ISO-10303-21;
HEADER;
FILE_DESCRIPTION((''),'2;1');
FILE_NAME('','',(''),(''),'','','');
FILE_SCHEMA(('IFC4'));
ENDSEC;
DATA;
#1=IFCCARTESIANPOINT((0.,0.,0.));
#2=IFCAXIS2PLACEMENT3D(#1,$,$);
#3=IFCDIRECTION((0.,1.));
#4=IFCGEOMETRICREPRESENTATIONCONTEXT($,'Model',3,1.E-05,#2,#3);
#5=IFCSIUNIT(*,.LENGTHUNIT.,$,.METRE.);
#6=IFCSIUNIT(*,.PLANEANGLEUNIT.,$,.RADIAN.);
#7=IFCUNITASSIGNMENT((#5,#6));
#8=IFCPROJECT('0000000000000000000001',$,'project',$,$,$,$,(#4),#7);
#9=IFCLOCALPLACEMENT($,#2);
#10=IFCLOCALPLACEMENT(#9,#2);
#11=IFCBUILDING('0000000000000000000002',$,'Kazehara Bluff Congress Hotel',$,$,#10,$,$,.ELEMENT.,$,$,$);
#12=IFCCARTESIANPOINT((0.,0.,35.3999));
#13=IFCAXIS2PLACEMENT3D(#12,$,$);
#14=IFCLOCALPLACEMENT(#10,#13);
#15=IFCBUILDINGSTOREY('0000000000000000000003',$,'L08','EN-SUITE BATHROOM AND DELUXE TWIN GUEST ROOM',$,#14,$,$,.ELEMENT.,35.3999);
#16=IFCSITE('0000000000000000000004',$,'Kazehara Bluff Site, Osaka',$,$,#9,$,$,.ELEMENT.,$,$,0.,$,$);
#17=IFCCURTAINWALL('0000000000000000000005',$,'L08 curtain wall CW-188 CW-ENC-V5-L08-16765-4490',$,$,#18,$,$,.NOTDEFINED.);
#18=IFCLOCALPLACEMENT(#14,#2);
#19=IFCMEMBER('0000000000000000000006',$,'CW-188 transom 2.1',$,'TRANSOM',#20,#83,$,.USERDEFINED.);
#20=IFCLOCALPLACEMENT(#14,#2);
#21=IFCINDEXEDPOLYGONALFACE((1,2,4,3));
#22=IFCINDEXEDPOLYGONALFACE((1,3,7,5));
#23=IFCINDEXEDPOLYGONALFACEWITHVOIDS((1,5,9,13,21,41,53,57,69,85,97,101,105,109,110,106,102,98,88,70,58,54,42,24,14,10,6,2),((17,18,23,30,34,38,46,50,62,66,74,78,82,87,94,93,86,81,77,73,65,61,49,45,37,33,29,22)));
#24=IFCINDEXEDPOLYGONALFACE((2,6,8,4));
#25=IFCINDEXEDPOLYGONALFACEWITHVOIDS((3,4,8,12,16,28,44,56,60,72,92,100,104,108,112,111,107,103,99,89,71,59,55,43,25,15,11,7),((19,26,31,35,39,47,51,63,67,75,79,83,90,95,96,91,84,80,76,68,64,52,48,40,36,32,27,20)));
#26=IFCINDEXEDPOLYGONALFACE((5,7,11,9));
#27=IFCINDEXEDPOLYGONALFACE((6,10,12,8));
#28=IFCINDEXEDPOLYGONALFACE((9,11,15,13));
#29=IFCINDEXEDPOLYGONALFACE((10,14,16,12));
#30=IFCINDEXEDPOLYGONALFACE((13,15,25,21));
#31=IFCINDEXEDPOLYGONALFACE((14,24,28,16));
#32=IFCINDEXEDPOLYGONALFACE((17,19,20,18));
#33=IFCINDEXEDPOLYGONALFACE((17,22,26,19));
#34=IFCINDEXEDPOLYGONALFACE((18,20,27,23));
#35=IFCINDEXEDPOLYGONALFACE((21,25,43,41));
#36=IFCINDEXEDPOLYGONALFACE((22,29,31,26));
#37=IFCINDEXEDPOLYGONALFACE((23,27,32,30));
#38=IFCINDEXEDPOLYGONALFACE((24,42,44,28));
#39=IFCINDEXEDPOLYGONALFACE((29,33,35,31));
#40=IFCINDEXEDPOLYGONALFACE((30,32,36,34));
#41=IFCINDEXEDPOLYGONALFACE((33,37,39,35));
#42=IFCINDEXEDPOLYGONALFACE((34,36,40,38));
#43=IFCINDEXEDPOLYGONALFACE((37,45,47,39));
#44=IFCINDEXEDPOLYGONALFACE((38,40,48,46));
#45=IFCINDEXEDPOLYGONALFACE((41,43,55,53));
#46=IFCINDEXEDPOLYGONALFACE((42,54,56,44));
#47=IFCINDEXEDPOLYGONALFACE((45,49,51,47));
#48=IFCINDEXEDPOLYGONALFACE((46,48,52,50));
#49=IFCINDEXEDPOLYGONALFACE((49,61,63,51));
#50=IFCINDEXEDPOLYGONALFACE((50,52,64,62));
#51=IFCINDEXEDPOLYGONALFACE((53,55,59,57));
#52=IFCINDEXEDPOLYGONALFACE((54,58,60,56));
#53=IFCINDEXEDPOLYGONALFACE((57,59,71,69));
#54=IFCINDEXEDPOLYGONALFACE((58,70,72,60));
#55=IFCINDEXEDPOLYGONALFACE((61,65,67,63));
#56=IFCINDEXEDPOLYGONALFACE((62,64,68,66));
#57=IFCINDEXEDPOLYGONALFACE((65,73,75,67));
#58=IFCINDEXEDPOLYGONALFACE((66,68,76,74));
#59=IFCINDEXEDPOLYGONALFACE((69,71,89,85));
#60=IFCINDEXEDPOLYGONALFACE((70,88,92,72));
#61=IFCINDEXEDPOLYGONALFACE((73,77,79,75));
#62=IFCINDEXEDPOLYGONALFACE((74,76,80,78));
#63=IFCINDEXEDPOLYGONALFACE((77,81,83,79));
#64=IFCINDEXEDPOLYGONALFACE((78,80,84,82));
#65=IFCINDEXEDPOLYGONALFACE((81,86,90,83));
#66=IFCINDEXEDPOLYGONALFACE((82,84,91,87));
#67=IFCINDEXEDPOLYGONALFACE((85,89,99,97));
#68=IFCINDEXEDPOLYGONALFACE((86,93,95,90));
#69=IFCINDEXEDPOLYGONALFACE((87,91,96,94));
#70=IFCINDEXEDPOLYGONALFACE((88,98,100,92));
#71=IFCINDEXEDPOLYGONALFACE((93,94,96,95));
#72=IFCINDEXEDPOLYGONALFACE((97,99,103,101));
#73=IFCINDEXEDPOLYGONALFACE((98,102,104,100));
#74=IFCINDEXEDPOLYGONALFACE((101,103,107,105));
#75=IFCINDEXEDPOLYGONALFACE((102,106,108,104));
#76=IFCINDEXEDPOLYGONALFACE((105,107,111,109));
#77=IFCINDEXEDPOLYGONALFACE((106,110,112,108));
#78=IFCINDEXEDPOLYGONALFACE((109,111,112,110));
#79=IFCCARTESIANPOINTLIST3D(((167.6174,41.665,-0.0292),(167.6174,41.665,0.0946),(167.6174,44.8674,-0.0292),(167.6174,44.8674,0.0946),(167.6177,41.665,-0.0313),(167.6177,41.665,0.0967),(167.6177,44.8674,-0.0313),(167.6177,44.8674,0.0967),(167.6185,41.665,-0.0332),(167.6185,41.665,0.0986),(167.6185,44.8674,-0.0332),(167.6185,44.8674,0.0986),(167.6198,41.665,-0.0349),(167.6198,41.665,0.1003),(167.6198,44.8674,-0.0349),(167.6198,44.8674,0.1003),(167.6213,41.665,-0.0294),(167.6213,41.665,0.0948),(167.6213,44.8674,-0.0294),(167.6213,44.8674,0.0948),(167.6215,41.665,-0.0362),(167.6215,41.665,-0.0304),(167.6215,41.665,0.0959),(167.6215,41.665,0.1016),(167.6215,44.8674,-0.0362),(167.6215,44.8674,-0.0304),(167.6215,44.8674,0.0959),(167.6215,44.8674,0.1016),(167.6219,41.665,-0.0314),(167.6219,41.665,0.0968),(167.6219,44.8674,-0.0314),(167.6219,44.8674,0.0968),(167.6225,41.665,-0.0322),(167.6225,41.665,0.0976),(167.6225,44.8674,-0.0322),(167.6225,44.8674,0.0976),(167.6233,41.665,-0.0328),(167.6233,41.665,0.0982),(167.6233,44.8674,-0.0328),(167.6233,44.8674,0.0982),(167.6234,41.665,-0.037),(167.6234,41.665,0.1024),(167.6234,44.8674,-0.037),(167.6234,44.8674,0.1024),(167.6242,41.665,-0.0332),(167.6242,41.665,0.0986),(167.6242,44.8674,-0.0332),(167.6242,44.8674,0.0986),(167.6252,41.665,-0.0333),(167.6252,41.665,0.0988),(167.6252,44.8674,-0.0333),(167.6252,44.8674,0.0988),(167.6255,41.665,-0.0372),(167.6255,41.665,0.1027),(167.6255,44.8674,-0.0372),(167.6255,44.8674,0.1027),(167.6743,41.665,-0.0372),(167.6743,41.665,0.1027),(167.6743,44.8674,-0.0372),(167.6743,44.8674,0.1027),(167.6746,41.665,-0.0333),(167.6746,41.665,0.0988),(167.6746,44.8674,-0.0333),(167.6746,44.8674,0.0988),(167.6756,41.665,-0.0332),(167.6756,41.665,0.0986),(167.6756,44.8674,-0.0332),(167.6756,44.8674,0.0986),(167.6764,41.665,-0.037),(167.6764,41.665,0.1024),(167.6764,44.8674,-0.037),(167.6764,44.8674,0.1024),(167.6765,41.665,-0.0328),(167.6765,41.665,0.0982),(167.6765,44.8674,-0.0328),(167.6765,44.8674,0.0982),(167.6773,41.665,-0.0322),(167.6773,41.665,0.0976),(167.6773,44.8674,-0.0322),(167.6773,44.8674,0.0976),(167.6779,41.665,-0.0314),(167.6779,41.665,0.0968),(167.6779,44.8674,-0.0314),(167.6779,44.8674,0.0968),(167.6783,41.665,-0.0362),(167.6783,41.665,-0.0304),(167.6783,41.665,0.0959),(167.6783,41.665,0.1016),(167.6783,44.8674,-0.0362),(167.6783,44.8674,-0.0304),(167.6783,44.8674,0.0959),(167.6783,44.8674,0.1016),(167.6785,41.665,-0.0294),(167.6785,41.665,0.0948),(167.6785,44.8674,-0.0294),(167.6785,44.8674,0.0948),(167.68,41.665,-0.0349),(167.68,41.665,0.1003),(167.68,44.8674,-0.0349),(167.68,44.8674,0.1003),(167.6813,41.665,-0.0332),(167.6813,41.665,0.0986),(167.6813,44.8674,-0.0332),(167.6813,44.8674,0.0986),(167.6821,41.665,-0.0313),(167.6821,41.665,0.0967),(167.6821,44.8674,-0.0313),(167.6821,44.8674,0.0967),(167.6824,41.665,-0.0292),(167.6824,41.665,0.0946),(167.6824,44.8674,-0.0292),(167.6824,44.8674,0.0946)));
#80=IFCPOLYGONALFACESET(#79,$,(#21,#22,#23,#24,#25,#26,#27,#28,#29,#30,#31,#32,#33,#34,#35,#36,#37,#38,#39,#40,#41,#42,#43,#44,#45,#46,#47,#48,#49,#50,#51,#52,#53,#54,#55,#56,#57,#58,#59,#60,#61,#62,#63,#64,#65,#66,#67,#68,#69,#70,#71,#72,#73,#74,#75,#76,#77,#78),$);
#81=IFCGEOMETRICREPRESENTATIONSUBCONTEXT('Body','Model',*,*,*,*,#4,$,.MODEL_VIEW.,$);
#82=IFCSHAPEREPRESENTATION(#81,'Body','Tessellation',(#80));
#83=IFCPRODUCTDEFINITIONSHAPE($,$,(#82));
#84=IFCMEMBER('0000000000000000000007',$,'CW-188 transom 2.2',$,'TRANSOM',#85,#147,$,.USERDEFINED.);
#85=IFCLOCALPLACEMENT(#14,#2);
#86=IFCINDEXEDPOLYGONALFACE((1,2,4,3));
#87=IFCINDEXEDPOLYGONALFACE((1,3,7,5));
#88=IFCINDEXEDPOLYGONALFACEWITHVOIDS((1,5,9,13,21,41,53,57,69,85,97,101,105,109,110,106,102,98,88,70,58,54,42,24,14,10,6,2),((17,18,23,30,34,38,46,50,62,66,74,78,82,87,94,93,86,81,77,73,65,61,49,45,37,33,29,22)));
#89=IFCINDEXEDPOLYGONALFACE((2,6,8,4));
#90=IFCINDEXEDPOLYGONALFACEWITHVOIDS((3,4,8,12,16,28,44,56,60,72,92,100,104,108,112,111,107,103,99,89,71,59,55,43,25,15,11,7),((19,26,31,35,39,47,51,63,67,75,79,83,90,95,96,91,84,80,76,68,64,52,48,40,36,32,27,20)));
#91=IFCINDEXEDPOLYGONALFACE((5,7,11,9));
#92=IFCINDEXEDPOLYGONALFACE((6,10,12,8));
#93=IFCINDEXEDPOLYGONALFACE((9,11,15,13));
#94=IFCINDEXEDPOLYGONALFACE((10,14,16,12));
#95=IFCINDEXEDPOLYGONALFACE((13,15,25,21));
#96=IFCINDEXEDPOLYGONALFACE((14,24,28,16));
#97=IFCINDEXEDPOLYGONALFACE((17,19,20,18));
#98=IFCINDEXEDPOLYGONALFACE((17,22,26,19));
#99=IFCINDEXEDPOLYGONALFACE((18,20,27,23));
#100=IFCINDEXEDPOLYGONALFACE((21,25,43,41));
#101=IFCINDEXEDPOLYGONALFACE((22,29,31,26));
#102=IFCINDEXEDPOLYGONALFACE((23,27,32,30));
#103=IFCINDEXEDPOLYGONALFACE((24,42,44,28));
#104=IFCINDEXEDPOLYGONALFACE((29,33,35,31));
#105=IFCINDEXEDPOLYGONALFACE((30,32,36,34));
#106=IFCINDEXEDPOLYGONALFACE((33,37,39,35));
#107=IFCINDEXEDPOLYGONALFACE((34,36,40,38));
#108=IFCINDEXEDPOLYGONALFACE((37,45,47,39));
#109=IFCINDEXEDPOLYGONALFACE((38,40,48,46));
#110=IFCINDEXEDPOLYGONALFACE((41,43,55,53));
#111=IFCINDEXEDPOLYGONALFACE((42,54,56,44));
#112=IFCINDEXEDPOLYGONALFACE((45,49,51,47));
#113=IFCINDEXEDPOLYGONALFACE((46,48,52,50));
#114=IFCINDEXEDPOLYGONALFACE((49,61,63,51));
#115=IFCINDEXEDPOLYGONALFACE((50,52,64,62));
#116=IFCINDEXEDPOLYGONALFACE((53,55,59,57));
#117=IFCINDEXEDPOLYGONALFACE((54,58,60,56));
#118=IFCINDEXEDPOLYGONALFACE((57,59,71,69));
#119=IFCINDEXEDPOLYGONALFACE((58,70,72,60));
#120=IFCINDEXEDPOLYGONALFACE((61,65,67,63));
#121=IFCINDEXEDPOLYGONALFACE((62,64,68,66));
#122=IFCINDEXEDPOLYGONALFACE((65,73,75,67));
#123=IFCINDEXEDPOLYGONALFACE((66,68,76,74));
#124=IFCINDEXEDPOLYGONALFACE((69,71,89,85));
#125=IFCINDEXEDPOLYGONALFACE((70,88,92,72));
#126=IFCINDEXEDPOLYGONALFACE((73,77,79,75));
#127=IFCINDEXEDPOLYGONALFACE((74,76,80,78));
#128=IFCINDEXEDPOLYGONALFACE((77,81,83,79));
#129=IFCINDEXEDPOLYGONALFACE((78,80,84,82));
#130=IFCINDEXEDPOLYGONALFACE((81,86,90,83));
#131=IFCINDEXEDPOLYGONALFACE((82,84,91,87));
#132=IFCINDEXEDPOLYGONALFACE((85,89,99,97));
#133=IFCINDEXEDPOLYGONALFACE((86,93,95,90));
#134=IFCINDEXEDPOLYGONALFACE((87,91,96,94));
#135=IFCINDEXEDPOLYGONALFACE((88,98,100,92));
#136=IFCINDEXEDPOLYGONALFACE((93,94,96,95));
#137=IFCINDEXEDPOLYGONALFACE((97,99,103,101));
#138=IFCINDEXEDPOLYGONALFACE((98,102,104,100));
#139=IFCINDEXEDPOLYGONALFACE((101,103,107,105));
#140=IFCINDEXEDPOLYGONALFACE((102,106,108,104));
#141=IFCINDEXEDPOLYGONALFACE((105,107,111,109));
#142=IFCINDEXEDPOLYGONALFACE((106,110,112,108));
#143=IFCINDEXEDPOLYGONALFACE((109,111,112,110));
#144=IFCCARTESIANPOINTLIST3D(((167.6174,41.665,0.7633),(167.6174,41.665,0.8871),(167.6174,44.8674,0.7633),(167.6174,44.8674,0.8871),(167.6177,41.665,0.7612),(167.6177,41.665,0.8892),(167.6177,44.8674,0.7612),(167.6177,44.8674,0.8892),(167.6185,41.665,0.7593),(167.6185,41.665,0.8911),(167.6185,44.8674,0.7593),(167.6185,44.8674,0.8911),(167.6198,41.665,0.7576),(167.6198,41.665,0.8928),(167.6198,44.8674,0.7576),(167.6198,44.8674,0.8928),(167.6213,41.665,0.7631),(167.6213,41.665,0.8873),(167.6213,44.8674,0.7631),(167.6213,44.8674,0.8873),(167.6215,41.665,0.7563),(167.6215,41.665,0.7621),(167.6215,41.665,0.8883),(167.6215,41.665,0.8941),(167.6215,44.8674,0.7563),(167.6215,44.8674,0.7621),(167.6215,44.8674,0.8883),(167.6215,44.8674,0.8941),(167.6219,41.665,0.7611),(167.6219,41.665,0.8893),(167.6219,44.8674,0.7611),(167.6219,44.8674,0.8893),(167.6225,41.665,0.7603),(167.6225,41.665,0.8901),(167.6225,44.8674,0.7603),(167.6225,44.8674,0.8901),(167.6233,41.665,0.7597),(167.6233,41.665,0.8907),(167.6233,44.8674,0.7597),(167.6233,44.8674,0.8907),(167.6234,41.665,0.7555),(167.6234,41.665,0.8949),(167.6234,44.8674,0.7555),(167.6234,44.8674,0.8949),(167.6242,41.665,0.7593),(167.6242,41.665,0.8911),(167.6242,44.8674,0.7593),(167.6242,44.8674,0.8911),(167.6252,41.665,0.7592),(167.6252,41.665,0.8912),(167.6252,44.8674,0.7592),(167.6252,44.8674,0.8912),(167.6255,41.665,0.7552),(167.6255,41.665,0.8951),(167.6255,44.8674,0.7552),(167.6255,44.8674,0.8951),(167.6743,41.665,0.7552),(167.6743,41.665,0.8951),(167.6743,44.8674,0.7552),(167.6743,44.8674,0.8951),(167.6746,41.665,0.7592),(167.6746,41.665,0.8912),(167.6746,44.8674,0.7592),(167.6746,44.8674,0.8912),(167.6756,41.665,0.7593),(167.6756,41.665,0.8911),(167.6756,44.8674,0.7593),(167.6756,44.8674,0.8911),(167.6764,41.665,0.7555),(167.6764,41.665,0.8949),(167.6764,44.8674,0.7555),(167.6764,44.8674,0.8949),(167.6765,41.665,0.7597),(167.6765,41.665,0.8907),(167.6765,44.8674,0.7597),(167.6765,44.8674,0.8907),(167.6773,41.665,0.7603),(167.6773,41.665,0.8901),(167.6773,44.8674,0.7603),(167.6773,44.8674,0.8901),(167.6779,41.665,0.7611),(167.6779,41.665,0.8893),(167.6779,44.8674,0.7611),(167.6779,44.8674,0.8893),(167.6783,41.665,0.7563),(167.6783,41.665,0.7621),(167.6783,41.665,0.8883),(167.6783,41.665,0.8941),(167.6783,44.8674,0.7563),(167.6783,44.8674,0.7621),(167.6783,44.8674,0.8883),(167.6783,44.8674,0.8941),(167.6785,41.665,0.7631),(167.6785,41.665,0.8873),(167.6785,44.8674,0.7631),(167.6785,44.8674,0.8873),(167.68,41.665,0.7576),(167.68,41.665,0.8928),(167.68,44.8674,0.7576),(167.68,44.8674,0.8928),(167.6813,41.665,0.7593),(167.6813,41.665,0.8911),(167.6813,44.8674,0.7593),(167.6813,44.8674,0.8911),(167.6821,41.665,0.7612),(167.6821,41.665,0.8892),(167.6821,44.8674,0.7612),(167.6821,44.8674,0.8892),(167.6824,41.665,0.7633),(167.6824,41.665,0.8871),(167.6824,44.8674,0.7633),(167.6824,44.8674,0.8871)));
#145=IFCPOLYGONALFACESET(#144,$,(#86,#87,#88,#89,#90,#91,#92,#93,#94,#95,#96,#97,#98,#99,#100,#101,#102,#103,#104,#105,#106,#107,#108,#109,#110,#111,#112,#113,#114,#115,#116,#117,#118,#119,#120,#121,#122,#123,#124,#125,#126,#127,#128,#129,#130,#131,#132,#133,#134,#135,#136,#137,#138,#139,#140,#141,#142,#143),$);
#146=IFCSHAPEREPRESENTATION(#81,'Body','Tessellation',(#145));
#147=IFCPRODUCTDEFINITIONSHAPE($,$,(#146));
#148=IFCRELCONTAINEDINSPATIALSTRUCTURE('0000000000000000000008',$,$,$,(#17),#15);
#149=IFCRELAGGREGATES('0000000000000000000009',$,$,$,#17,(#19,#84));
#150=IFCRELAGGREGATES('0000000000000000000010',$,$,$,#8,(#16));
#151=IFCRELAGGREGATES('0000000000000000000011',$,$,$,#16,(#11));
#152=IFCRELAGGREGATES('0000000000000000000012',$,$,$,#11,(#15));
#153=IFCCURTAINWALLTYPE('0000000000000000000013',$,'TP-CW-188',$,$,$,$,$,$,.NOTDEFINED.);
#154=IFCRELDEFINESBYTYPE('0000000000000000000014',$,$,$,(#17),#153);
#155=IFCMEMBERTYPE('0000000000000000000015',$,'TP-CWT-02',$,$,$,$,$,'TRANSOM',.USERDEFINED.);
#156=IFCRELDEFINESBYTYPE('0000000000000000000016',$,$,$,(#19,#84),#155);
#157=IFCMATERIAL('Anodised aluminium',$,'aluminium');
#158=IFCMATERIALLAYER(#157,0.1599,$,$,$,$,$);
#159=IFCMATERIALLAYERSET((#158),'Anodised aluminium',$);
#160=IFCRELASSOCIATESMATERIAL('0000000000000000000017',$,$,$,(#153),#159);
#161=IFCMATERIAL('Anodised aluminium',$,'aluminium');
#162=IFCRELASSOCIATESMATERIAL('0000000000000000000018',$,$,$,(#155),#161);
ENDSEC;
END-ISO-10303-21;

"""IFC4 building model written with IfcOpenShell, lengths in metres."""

from ifc_helpers import new_model, si_unit, direction, frame, origin, origin_2d, place, context, subcontext, project, spatial, hollow_rectangle, extrude, material, layer, layer_set, material_profile, profile_set, type_object, element, aggregate, save


model = new_model("IFC4")

# Units and contexts
model_context = context("Model", 3, precision=1e-05, world=origin(), true_north=direction((0.0, 1.0)))
body_context = subcontext(model_context, "Body", "Model", "MODEL_VIEW")
ifc_project = project(units=[si_unit("LENGTHUNIT", "METRE"), si_unit("PLANEANGLEUNIT", "RADIAN")], contexts=[model_context])

# Site, building, storey
site_placement = place(None, origin())
site = spatial("IfcSite", under=ifc_project, at=site_placement, Name="Kazehara Bluff Site, Osaka", CompositionType="ELEMENT", RefElevation=0.0)
building_placement = place(site_placement, origin())
building = spatial("IfcBuilding", under=site, at=building_placement, Name="Kazehara Bluff Congress Hotel", CompositionType="ELEMENT")
storey_placement = place(building_placement, frame((0.0, 0.0, 35.3999)))
storey = spatial("IfcBuildingStorey", under=building, at=storey_placement, Name="L08", Description="EN-SUITE BATHROOM AND DELUXE TWIN GUEST ROOM", CompositionType="ELEMENT", Elevation=35.3999)

# Curtain wall, members
ifc_material_1 = material(Name="Anodised aluminium", Category="aluminium")
ifc_layer_1 = layer(ifc_material_1, 0.1599)
ifc_layer_set_1 = layer_set([ifc_layer_1], Name="Anodised aluminium")
curtain_wall_type = type_object("IfcCurtainWallType", Name="TP-CW-188", PredefinedType="NOTDEFINED", material=ifc_layer_set_1)
curtain_wall_placement = place(storey_placement, origin())
curtain_wall = element("IfcCurtainWall", 1, at=curtain_wall_placement, inside=storey, type_object=curtain_wall_type, Name="L08 curtain wall CW-188 CW-ENC-V5-L08-16765-4490", PredefinedType="NOTDEFINED")
ifc_material_2 = material(Name="Anodised aluminium", Category="aluminium")
ifc_material_profile_1 = material_profile(ifc_material_2, hollow_rectangle(XDim=0.0649, YDim=0.1399, WallThickness=0.0039, InnerFilletRadius=0.0039, OuterFilletRadius=0.0081, at=origin_2d()))
ifc_profile_set_1 = profile_set([ifc_material_profile_1], Name="Anodised aluminium")
member_type_1 = type_object("IfcMemberType", Name="TP-CWT-02", ElementType="TRANSOM", PredefinedType="USERDEFINED", material=ifc_profile_set_1)
member_1_placement = place(storey_placement, frame((167.6499, 44.8674, 0.0327), z_axis=(0.0, -1.0, 0.0), x_axis=(1.0, 0.0, 0.0)))
member_1 = element("IfcMember", 2, at=member_1_placement, type_object=member_type_1, Name="CW-188 transom 2.1", ObjectType="TRANSOM", PredefinedType="USERDEFINED", context=body_context, shape_type="SweptSolid", body=[
    extrude(hollow_rectangle(XDim=0.0649, YDim=0.1399, WallThickness=0.0039, InnerFilletRadius=0.0039, OuterFilletRadius=0.0081, at=origin_2d()), origin(), (0.0, 0.0, 1.0), 3.2024),
])
member_2_placement = place(storey_placement, frame((167.6499, 44.8674, 0.8252), z_axis=(0.0, -1.0, 0.0), x_axis=(1.0, 0.0, 0.0)))
member_2 = element("IfcMember", 3, at=member_2_placement, type_object=member_type_1, Name="CW-188 transom 2.2", ObjectType="TRANSOM", PredefinedType="USERDEFINED", context=body_context, shape_type="SweptSolid", body=[
    extrude(hollow_rectangle(XDim=0.0649, YDim=0.1399, WallThickness=0.0039, InnerFilletRadius=0.0039, OuterFilletRadius=0.0081, at=origin_2d()), origin(), (0.0, 0.0, 1.0), 3.2024),
])
aggregate(curtain_wall, [member_1, member_2])

save(model, "model.ifc")
